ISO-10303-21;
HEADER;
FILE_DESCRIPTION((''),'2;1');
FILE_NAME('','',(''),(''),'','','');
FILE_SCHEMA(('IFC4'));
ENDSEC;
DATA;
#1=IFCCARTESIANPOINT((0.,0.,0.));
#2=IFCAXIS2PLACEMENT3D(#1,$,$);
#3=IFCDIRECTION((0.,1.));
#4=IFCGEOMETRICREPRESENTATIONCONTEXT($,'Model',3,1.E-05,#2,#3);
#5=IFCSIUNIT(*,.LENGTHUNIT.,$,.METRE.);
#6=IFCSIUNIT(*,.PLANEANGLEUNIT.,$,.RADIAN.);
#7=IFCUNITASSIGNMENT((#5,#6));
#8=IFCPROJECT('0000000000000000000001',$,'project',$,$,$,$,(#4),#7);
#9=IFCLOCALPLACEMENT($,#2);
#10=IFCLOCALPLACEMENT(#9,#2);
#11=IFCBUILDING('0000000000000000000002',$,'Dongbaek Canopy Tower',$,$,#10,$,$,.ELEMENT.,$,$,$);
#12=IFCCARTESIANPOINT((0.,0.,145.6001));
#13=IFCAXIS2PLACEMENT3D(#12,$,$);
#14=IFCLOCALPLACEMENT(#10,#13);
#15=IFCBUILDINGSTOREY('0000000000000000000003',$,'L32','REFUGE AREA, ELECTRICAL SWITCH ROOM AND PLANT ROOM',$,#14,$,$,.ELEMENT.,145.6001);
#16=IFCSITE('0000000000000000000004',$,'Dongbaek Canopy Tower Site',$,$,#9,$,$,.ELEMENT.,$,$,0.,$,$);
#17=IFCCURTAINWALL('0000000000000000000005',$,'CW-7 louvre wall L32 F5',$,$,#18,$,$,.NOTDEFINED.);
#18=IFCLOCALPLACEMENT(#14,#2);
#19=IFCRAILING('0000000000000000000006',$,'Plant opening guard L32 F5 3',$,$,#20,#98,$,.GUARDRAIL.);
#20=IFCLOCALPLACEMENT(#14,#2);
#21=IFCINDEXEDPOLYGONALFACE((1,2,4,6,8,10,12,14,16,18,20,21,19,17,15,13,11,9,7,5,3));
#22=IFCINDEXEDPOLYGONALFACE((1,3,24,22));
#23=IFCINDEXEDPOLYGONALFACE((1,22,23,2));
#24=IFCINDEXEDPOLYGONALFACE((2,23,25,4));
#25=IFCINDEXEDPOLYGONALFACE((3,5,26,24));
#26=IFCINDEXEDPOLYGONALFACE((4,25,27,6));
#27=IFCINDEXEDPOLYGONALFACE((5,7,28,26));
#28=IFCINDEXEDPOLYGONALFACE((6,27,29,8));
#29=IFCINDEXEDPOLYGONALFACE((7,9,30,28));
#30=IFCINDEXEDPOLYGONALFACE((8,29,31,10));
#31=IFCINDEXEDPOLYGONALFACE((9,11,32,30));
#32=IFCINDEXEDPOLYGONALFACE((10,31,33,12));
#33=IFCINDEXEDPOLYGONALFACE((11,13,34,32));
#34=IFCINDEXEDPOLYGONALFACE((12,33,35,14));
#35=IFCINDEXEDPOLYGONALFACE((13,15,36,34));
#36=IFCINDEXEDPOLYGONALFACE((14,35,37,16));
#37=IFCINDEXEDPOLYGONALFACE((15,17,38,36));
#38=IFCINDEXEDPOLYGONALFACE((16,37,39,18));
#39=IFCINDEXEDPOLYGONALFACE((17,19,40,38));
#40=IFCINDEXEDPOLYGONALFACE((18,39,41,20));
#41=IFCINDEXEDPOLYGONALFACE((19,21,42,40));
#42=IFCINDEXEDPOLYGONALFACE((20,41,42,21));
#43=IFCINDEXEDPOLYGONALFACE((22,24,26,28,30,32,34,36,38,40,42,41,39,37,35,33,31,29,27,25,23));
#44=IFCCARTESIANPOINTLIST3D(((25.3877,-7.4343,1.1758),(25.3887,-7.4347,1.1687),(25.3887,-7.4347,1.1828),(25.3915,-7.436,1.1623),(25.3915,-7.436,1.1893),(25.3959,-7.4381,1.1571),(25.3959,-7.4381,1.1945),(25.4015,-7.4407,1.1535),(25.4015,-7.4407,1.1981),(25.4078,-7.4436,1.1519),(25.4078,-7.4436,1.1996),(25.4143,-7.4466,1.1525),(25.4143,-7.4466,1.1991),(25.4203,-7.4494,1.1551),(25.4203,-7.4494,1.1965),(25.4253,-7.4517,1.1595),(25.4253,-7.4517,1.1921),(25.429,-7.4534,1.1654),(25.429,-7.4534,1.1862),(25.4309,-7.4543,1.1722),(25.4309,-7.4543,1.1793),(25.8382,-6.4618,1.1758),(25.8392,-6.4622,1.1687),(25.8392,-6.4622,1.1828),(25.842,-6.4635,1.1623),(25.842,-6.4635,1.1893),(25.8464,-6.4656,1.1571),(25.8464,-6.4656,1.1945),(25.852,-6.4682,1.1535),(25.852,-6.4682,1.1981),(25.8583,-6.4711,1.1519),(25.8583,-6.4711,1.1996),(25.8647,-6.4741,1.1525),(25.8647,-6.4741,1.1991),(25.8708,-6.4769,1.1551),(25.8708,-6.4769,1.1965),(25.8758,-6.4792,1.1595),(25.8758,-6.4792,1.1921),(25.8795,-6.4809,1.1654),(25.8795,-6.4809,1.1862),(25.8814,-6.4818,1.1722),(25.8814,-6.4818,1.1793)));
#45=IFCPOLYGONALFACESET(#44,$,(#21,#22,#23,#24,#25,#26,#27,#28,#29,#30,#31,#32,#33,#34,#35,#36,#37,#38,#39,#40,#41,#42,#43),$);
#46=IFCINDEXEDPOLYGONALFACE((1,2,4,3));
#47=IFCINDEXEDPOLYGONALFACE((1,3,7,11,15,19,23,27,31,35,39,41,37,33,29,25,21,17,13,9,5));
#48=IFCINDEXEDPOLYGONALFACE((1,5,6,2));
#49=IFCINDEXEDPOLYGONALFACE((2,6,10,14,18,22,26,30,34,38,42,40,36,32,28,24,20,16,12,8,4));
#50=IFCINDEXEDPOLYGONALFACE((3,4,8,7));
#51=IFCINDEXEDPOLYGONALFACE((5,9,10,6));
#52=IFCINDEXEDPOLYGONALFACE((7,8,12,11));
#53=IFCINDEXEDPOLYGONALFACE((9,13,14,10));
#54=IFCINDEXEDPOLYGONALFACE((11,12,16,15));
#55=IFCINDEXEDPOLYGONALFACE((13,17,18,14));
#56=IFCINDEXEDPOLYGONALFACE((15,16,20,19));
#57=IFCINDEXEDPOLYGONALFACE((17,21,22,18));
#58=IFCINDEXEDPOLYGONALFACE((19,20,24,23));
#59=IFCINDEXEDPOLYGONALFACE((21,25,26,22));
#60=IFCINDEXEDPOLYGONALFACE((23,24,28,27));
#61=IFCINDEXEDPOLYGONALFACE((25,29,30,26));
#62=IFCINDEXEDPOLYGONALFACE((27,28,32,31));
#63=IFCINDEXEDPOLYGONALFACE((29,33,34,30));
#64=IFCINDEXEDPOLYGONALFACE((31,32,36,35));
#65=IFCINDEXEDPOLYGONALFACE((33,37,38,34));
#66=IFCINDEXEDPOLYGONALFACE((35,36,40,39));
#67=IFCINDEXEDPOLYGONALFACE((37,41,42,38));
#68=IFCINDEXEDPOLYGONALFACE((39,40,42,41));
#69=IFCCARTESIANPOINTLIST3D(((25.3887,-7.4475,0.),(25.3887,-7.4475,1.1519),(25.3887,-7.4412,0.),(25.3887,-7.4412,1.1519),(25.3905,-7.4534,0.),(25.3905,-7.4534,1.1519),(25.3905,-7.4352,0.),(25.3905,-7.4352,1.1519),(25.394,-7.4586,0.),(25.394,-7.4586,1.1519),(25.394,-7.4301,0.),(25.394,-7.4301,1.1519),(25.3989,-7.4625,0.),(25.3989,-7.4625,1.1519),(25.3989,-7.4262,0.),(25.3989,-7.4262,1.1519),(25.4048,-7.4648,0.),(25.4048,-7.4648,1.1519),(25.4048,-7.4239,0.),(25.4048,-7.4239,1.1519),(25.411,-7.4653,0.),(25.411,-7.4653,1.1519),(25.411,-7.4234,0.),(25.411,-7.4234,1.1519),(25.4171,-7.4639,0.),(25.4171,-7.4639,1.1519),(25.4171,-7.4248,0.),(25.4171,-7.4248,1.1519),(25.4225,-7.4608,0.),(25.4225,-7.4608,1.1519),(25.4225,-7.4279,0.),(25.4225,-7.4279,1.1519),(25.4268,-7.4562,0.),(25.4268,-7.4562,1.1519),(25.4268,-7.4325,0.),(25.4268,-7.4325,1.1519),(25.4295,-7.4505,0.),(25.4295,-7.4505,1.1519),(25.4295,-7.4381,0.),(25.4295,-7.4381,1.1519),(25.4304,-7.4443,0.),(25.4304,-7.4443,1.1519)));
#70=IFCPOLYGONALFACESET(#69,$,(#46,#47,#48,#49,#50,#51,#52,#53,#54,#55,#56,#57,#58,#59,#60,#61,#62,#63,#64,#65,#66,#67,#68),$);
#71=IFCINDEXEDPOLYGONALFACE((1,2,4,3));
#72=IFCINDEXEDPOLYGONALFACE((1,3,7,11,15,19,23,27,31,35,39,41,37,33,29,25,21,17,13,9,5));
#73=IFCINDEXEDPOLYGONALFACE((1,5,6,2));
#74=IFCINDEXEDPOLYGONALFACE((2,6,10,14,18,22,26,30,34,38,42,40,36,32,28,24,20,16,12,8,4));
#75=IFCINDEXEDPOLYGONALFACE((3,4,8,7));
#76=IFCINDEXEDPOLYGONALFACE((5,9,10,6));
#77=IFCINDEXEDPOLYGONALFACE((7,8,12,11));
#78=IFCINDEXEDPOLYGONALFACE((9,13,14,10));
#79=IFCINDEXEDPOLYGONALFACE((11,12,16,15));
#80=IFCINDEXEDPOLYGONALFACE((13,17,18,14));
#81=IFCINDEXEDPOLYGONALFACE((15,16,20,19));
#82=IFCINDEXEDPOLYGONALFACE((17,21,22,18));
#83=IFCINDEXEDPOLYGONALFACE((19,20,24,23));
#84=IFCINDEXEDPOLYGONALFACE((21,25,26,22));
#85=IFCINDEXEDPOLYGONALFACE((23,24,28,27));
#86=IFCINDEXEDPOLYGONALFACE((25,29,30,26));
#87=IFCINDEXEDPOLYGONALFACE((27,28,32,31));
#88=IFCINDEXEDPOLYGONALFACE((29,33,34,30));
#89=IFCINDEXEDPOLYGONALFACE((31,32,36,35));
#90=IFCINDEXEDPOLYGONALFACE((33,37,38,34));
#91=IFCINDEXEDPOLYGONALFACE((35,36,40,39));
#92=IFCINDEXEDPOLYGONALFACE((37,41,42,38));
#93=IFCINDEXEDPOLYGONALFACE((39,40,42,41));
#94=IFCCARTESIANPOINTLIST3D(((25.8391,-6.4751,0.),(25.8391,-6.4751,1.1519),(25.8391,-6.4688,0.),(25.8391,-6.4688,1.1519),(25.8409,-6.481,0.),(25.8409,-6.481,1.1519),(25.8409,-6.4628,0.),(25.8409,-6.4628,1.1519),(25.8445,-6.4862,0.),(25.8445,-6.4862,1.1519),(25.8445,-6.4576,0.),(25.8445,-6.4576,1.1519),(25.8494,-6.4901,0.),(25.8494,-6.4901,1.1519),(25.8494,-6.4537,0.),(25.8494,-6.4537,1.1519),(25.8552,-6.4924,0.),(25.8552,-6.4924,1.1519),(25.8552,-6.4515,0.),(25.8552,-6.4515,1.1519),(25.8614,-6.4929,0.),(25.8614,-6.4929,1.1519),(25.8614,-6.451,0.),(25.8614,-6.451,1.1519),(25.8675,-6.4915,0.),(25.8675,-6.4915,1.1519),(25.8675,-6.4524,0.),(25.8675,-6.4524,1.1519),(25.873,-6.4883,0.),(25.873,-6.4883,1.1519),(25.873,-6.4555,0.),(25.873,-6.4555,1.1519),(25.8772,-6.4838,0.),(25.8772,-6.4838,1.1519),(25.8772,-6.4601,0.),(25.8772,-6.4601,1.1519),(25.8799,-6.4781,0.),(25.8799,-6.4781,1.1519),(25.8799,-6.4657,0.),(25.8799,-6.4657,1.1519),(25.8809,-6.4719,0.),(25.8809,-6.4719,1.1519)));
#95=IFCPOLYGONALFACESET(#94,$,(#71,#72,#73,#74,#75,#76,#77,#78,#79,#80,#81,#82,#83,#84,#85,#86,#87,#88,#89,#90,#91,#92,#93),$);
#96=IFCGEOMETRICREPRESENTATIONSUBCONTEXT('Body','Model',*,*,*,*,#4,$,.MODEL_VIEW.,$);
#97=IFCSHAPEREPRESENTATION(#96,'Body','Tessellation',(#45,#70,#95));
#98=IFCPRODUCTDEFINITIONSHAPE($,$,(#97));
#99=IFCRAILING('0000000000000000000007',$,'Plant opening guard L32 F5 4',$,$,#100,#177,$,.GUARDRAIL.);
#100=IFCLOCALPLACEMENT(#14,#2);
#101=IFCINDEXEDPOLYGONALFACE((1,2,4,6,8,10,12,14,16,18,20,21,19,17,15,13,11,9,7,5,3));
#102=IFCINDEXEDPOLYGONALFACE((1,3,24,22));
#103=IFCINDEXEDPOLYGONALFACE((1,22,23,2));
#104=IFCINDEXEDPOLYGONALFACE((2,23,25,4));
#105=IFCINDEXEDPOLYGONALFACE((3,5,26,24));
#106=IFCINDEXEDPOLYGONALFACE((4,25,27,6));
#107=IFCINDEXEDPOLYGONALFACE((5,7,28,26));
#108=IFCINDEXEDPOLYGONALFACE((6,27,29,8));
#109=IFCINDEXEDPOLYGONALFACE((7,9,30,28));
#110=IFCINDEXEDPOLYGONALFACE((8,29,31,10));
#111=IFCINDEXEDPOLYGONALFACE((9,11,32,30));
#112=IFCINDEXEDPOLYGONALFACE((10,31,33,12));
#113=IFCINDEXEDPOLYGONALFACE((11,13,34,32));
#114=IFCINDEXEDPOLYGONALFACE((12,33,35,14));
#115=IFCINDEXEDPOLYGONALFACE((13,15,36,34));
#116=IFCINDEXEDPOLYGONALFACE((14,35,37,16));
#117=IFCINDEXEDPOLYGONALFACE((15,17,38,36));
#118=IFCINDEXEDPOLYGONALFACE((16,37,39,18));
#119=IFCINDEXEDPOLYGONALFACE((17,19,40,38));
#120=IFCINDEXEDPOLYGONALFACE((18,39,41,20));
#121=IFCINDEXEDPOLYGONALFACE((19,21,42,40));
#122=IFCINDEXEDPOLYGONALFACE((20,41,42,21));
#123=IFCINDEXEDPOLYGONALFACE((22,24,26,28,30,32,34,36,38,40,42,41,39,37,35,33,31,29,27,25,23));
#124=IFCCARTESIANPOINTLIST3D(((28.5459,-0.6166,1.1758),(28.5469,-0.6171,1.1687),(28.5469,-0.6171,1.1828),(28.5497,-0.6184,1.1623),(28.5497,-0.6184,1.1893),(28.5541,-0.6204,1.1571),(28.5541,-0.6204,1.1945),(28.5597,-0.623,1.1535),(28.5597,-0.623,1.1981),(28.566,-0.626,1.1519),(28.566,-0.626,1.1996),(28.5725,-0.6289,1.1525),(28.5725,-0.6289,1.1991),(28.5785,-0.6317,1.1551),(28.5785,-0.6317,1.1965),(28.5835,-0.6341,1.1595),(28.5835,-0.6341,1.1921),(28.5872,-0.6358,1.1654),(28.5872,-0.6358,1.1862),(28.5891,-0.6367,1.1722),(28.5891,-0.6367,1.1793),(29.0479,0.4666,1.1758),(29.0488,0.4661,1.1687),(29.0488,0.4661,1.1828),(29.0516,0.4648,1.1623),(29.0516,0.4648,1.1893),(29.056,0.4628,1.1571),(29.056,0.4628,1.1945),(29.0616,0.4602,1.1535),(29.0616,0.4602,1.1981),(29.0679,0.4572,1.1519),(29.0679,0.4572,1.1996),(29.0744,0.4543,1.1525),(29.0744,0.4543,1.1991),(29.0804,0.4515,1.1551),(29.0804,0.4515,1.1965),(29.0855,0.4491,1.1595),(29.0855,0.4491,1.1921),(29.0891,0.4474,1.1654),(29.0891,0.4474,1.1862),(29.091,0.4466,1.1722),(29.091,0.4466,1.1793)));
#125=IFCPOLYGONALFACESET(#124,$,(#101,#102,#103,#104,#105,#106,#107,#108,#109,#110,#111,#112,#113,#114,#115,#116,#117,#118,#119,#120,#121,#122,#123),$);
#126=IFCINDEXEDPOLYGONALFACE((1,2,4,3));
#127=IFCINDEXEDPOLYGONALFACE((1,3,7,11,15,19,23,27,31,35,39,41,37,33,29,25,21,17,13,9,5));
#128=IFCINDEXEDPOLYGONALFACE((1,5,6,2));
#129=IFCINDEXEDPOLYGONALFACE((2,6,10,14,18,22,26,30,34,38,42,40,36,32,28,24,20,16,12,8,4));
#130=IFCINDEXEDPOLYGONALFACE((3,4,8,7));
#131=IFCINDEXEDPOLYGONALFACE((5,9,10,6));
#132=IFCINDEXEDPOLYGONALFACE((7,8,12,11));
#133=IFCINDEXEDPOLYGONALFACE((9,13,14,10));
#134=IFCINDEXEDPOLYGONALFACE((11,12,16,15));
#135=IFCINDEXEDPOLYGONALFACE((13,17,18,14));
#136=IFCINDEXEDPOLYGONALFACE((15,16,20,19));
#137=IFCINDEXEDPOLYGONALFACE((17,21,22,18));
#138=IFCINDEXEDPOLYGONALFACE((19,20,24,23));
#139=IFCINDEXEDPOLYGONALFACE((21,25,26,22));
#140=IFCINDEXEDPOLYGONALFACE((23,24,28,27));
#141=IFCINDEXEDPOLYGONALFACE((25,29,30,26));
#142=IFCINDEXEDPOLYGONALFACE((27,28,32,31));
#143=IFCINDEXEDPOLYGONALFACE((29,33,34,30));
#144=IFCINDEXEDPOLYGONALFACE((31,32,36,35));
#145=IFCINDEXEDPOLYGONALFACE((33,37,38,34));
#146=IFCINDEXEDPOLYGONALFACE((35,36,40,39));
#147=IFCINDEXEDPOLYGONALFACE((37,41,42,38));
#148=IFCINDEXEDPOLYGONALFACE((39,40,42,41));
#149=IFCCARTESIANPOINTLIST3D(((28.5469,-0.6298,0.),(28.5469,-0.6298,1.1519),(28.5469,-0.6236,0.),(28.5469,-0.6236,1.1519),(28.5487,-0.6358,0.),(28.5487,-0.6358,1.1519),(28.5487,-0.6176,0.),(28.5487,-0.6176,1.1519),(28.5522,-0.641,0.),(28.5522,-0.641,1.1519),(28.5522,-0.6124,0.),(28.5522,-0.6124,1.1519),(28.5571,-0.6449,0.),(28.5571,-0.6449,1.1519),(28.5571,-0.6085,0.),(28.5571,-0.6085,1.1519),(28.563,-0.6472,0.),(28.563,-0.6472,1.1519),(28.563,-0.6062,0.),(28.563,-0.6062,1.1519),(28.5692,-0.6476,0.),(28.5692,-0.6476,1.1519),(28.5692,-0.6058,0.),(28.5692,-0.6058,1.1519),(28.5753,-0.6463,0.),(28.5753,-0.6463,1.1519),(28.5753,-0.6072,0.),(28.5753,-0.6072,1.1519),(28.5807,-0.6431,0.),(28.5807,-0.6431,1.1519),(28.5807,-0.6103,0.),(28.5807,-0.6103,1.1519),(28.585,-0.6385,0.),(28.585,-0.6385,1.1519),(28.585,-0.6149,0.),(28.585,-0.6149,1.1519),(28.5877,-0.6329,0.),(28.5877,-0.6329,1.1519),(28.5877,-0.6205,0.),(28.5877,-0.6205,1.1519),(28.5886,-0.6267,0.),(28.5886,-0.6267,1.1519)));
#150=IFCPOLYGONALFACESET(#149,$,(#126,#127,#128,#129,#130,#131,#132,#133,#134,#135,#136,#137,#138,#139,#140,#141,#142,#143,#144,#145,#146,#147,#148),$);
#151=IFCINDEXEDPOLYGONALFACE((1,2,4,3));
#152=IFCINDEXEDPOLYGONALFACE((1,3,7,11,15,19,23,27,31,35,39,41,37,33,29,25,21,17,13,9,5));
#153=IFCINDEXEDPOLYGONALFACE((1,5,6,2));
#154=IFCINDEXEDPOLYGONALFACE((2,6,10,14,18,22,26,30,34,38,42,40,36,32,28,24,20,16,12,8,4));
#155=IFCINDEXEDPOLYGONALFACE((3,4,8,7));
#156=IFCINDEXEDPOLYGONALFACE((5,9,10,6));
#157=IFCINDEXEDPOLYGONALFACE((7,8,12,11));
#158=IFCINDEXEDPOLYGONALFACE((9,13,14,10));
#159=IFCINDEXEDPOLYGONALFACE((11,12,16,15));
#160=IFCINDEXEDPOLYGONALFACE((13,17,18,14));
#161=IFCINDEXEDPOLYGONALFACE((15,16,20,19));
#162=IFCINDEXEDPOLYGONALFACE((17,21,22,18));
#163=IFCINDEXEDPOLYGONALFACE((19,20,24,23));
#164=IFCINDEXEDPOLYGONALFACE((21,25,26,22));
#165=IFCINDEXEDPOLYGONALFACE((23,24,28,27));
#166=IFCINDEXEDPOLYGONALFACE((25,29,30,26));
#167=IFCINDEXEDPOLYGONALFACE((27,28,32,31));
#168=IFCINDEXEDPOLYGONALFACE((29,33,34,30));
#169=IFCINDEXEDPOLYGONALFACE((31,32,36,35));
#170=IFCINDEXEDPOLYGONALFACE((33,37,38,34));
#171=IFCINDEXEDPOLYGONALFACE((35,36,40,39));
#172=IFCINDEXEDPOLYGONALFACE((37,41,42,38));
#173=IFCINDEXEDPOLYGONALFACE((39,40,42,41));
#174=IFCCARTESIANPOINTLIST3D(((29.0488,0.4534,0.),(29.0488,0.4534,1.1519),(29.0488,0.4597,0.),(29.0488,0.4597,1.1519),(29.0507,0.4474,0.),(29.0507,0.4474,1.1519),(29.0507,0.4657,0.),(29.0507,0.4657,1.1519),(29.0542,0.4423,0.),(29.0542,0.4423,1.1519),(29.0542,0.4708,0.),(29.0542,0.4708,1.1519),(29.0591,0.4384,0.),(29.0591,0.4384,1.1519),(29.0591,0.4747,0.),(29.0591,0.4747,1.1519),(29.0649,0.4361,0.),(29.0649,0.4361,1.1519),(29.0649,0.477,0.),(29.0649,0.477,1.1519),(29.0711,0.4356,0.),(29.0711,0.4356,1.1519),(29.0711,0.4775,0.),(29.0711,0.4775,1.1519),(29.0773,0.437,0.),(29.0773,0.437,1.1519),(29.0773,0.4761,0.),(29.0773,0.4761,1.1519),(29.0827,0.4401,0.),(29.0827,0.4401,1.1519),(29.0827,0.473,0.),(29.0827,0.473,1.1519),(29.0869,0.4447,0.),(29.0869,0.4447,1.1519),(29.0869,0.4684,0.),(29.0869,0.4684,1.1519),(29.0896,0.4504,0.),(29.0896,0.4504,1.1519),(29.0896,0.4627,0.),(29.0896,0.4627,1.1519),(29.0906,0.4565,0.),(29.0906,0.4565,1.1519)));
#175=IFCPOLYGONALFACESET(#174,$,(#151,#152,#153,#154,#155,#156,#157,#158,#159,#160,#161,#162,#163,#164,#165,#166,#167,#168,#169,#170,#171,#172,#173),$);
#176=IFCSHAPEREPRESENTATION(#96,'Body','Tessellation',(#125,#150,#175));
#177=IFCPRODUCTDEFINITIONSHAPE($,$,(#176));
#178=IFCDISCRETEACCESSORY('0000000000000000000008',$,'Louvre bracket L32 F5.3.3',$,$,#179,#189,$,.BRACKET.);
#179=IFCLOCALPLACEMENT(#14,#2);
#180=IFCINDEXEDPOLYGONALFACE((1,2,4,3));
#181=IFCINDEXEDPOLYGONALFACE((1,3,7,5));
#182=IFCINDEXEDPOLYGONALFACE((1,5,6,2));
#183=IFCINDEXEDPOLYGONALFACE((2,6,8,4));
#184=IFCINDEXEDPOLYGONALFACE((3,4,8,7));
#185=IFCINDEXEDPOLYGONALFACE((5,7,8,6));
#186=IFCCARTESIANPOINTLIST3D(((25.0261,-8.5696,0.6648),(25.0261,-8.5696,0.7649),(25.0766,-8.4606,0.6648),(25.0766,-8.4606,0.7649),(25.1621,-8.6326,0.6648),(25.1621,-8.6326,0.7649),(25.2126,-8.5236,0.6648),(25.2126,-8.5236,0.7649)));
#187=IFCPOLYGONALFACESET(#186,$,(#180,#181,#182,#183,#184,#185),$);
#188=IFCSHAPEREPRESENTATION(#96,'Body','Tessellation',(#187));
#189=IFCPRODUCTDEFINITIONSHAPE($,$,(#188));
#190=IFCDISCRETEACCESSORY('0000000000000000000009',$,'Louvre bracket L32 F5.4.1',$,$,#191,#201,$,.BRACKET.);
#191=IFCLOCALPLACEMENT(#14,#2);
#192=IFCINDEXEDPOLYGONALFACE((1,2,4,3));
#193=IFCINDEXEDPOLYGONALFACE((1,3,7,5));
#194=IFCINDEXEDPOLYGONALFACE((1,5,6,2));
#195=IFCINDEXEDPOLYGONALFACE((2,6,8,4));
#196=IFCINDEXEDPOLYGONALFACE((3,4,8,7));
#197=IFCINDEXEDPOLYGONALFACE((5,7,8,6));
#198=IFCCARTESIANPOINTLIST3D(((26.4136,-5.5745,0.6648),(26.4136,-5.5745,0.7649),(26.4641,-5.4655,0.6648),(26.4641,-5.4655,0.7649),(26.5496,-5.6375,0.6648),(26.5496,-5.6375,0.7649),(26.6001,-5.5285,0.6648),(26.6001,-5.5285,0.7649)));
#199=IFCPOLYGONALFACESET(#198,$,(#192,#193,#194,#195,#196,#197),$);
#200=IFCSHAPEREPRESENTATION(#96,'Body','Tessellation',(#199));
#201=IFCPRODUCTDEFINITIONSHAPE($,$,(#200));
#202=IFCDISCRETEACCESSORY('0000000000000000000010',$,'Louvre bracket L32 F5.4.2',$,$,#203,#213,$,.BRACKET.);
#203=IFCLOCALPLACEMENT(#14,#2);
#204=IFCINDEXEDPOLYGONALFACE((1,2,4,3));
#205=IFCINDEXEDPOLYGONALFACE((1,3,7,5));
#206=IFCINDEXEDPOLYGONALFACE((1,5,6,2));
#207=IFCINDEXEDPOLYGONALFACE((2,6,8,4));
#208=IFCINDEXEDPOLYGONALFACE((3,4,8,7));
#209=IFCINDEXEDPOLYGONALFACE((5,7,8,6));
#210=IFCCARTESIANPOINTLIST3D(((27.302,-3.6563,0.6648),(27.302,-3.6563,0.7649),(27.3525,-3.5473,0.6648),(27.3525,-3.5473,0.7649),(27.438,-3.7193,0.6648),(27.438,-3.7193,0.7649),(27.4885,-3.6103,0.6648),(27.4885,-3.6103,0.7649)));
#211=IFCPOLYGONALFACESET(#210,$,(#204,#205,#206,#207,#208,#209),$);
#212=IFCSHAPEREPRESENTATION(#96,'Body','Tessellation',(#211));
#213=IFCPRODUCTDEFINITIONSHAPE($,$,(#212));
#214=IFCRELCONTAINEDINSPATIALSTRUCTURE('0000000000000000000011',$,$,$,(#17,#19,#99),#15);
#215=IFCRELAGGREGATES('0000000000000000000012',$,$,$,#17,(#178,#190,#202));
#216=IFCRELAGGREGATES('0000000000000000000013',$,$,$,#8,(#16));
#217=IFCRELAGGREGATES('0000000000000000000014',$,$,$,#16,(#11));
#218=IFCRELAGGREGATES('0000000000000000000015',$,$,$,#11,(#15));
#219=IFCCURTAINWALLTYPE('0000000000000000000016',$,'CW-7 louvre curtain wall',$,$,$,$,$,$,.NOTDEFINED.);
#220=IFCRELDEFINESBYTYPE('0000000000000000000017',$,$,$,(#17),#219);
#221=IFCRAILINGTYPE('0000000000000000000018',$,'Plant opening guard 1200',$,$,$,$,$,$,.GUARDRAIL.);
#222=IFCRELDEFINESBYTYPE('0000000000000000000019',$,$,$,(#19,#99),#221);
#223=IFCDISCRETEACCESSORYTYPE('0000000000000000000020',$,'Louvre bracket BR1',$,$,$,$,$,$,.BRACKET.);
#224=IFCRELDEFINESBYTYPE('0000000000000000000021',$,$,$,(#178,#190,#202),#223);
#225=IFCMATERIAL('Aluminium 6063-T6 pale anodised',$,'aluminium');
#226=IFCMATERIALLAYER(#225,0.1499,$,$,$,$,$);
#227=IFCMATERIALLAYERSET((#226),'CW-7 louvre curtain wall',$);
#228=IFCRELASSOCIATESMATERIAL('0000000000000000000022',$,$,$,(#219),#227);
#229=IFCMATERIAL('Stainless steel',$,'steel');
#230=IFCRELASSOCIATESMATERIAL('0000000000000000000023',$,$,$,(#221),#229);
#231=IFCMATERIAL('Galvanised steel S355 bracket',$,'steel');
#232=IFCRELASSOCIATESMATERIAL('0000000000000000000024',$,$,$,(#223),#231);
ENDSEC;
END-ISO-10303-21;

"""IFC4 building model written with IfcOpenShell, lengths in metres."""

from ifc_helpers import new_model, si_unit, direction, frame, origin, origin_2d, place, context, subcontext, project, spatial, rectangle, circle, extrude, material, layer, layer_set, type_object, element, aggregate, save


model = new_model("IFC4")

# Units and contexts
model_context = context("Model", 3, precision=1e-05, world=origin(), true_north=direction((0.0, 1.0)))
body_context = subcontext(model_context, "Body", "Model", "MODEL_VIEW")
ifc_project = project(units=[si_unit("LENGTHUNIT", "METRE"), si_unit("PLANEANGLEUNIT", "RADIAN")], contexts=[model_context])

# Site, building, storey
site_placement = place(None, origin())
site = spatial("IfcSite", under=ifc_project, at=site_placement, Name="Dongbaek Canopy Tower Site", CompositionType="ELEMENT", RefElevation=0.0)
building_placement = place(site_placement, origin())
building = spatial("IfcBuilding", under=site, at=building_placement, Name="Dongbaek Canopy Tower", CompositionType="ELEMENT")
storey_placement = place(building_placement, frame((0.0, 0.0, 145.6001)))
storey = spatial("IfcBuildingStorey", under=building, at=storey_placement, Name="L32", Description="REFUGE AREA, ELECTRICAL SWITCH ROOM AND PLANT ROOM", CompositionType="ELEMENT", Elevation=145.6001)

# Curtain wall
ifc_material_1 = material(Name="Aluminium 6063-T6 pale anodised", Category="aluminium")
ifc_layer_1 = layer(ifc_material_1, 0.1499)
ifc_layer_set_1 = layer_set([ifc_layer_1], Name="CW-7 louvre curtain wall")
curtain_wall_type = type_object("IfcCurtainWallType", Name="CW-7 louvre curtain wall", PredefinedType="NOTDEFINED", material=ifc_layer_set_1)
curtain_wall_placement = place(storey_placement, origin())
curtain_wall = element("IfcCurtainWall", 1, at=curtain_wall_placement, inside=storey, type_object=curtain_wall_type, Name="CW-7 louvre wall L32 F5", PredefinedType="NOTDEFINED")

# Railings
ifc_material_2 = material(Name="Stainless steel", Category="steel")
railing_type = type_object("IfcRailingType", Name="Plant opening guard 1200", PredefinedType="GUARDRAIL", material=ifc_material_2)
railing_1_placement = place(storey_placement, frame((25.4094, -7.4443, 0.0)))
element("IfcRailing", 2, at=railing_1_placement, inside=storey, type_object=railing_type, Name="Plant opening guard L32 F5 3", PredefinedType="GUARDRAIL", context=body_context, shape_type="SweptSolid", body=[
    extrude(circle(Radius=0.0239, at=origin_2d()), frame((0.0, 0.0, 1.1758), z_axis=(0.420315, 0.907378, 0.0), x_axis=(-0.907378, 0.420315, 0.0)), (0.0, 0.0, 1.0), 1.0718),
    extrude(circle(Radius=0.021, at=origin_2d()), origin(), (0.0, 0.0, 1.0), 1.1519),
    extrude(circle(Radius=0.021, at=origin_2d()), frame((0.4504, 0.9724, 0.0)), (0.0, 0.0, 1.0), 1.1519),
])
railing_2_placement = place(storey_placement, frame((28.5676, -0.6267, 0.0)))
element("IfcRailing", 3, at=railing_2_placement, inside=storey, type_object=railing_type, Name="Plant opening guard L32 F5 4", PredefinedType="GUARDRAIL", context=body_context, shape_type="SweptSolid", body=[
    extrude(circle(Radius=0.0239, at=origin_2d()), frame((0.0, 0.0, 1.1758), z_axis=(0.420432, 0.907324, 0.0), x_axis=(-0.907324, 0.420432, 0.0)), (0.0, 0.0, 1.0), 1.1938),
    extrude(circle(Radius=0.021, at=origin_2d()), origin(), (0.0, 0.0, 1.0), 1.1519),
    extrude(circle(Radius=0.021, at=origin_2d()), frame((0.502, 1.0833, 0.0)), (0.0, 0.0, 1.0), 1.1519),
])

# Discrete accessories
ifc_material_3 = material(Name="Galvanised steel S355 bracket", Category="steel")
discrete_accessory_type = type_object("IfcDiscreteAccessoryType", Name="Louvre bracket BR1", PredefinedType="BRACKET", material=ifc_material_3)
discrete_accessory_1_placement = place(storey_placement, frame((25.1194, -8.5466, 0.6648), z_axis=(0.0, 0.0, 1.0), x_axis=(0.420334, 0.907369, 0.0)))
discrete_accessory_1 = element("IfcDiscreteAccessory", 4, at=discrete_accessory_1_placement, type_object=discrete_accessory_type, Name="Louvre bracket L32 F5.3.3", PredefinedType="BRACKET", context=body_context, shape_type="SweptSolid", body=[
    extrude(rectangle(XDim=0.1201, YDim=0.1499, at=origin_2d()), origin(), (0.0, 0.0, 1.0), 0.1001),
])
discrete_accessory_2_placement = place(storey_placement, frame((26.5068, -5.5515, 0.6648), z_axis=(0.0, 0.0, 1.0), x_axis=(0.420334, 0.907369, 0.0)))
discrete_accessory_2 = element("IfcDiscreteAccessory", 5, at=discrete_accessory_2_placement, type_object=discrete_accessory_type, Name="Louvre bracket L32 F5.4.1", PredefinedType="BRACKET", context=body_context, shape_type="SweptSolid", body=[
    extrude(rectangle(XDim=0.1201, YDim=0.1499, at=origin_2d()), origin(), (0.0, 0.0, 1.0), 0.1001),
])
discrete_accessory_3_placement = place(storey_placement, frame((27.3953, -3.6333, 0.6648), z_axis=(0.0, 0.0, 1.0), x_axis=(0.420334, 0.907369, 0.0)))
discrete_accessory_3 = element("IfcDiscreteAccessory", 6, at=discrete_accessory_3_placement, type_object=discrete_accessory_type, Name="Louvre bracket L32 F5.4.2", PredefinedType="BRACKET", context=body_context, shape_type="SweptSolid", body=[
    extrude(rectangle(XDim=0.1201, YDim=0.1499, at=origin_2d()), origin(), (0.0, 0.0, 1.0), 0.1001),
])
aggregate(curtain_wall, [discrete_accessory_1, discrete_accessory_2, discrete_accessory_3])

save(model, "model.ifc")
